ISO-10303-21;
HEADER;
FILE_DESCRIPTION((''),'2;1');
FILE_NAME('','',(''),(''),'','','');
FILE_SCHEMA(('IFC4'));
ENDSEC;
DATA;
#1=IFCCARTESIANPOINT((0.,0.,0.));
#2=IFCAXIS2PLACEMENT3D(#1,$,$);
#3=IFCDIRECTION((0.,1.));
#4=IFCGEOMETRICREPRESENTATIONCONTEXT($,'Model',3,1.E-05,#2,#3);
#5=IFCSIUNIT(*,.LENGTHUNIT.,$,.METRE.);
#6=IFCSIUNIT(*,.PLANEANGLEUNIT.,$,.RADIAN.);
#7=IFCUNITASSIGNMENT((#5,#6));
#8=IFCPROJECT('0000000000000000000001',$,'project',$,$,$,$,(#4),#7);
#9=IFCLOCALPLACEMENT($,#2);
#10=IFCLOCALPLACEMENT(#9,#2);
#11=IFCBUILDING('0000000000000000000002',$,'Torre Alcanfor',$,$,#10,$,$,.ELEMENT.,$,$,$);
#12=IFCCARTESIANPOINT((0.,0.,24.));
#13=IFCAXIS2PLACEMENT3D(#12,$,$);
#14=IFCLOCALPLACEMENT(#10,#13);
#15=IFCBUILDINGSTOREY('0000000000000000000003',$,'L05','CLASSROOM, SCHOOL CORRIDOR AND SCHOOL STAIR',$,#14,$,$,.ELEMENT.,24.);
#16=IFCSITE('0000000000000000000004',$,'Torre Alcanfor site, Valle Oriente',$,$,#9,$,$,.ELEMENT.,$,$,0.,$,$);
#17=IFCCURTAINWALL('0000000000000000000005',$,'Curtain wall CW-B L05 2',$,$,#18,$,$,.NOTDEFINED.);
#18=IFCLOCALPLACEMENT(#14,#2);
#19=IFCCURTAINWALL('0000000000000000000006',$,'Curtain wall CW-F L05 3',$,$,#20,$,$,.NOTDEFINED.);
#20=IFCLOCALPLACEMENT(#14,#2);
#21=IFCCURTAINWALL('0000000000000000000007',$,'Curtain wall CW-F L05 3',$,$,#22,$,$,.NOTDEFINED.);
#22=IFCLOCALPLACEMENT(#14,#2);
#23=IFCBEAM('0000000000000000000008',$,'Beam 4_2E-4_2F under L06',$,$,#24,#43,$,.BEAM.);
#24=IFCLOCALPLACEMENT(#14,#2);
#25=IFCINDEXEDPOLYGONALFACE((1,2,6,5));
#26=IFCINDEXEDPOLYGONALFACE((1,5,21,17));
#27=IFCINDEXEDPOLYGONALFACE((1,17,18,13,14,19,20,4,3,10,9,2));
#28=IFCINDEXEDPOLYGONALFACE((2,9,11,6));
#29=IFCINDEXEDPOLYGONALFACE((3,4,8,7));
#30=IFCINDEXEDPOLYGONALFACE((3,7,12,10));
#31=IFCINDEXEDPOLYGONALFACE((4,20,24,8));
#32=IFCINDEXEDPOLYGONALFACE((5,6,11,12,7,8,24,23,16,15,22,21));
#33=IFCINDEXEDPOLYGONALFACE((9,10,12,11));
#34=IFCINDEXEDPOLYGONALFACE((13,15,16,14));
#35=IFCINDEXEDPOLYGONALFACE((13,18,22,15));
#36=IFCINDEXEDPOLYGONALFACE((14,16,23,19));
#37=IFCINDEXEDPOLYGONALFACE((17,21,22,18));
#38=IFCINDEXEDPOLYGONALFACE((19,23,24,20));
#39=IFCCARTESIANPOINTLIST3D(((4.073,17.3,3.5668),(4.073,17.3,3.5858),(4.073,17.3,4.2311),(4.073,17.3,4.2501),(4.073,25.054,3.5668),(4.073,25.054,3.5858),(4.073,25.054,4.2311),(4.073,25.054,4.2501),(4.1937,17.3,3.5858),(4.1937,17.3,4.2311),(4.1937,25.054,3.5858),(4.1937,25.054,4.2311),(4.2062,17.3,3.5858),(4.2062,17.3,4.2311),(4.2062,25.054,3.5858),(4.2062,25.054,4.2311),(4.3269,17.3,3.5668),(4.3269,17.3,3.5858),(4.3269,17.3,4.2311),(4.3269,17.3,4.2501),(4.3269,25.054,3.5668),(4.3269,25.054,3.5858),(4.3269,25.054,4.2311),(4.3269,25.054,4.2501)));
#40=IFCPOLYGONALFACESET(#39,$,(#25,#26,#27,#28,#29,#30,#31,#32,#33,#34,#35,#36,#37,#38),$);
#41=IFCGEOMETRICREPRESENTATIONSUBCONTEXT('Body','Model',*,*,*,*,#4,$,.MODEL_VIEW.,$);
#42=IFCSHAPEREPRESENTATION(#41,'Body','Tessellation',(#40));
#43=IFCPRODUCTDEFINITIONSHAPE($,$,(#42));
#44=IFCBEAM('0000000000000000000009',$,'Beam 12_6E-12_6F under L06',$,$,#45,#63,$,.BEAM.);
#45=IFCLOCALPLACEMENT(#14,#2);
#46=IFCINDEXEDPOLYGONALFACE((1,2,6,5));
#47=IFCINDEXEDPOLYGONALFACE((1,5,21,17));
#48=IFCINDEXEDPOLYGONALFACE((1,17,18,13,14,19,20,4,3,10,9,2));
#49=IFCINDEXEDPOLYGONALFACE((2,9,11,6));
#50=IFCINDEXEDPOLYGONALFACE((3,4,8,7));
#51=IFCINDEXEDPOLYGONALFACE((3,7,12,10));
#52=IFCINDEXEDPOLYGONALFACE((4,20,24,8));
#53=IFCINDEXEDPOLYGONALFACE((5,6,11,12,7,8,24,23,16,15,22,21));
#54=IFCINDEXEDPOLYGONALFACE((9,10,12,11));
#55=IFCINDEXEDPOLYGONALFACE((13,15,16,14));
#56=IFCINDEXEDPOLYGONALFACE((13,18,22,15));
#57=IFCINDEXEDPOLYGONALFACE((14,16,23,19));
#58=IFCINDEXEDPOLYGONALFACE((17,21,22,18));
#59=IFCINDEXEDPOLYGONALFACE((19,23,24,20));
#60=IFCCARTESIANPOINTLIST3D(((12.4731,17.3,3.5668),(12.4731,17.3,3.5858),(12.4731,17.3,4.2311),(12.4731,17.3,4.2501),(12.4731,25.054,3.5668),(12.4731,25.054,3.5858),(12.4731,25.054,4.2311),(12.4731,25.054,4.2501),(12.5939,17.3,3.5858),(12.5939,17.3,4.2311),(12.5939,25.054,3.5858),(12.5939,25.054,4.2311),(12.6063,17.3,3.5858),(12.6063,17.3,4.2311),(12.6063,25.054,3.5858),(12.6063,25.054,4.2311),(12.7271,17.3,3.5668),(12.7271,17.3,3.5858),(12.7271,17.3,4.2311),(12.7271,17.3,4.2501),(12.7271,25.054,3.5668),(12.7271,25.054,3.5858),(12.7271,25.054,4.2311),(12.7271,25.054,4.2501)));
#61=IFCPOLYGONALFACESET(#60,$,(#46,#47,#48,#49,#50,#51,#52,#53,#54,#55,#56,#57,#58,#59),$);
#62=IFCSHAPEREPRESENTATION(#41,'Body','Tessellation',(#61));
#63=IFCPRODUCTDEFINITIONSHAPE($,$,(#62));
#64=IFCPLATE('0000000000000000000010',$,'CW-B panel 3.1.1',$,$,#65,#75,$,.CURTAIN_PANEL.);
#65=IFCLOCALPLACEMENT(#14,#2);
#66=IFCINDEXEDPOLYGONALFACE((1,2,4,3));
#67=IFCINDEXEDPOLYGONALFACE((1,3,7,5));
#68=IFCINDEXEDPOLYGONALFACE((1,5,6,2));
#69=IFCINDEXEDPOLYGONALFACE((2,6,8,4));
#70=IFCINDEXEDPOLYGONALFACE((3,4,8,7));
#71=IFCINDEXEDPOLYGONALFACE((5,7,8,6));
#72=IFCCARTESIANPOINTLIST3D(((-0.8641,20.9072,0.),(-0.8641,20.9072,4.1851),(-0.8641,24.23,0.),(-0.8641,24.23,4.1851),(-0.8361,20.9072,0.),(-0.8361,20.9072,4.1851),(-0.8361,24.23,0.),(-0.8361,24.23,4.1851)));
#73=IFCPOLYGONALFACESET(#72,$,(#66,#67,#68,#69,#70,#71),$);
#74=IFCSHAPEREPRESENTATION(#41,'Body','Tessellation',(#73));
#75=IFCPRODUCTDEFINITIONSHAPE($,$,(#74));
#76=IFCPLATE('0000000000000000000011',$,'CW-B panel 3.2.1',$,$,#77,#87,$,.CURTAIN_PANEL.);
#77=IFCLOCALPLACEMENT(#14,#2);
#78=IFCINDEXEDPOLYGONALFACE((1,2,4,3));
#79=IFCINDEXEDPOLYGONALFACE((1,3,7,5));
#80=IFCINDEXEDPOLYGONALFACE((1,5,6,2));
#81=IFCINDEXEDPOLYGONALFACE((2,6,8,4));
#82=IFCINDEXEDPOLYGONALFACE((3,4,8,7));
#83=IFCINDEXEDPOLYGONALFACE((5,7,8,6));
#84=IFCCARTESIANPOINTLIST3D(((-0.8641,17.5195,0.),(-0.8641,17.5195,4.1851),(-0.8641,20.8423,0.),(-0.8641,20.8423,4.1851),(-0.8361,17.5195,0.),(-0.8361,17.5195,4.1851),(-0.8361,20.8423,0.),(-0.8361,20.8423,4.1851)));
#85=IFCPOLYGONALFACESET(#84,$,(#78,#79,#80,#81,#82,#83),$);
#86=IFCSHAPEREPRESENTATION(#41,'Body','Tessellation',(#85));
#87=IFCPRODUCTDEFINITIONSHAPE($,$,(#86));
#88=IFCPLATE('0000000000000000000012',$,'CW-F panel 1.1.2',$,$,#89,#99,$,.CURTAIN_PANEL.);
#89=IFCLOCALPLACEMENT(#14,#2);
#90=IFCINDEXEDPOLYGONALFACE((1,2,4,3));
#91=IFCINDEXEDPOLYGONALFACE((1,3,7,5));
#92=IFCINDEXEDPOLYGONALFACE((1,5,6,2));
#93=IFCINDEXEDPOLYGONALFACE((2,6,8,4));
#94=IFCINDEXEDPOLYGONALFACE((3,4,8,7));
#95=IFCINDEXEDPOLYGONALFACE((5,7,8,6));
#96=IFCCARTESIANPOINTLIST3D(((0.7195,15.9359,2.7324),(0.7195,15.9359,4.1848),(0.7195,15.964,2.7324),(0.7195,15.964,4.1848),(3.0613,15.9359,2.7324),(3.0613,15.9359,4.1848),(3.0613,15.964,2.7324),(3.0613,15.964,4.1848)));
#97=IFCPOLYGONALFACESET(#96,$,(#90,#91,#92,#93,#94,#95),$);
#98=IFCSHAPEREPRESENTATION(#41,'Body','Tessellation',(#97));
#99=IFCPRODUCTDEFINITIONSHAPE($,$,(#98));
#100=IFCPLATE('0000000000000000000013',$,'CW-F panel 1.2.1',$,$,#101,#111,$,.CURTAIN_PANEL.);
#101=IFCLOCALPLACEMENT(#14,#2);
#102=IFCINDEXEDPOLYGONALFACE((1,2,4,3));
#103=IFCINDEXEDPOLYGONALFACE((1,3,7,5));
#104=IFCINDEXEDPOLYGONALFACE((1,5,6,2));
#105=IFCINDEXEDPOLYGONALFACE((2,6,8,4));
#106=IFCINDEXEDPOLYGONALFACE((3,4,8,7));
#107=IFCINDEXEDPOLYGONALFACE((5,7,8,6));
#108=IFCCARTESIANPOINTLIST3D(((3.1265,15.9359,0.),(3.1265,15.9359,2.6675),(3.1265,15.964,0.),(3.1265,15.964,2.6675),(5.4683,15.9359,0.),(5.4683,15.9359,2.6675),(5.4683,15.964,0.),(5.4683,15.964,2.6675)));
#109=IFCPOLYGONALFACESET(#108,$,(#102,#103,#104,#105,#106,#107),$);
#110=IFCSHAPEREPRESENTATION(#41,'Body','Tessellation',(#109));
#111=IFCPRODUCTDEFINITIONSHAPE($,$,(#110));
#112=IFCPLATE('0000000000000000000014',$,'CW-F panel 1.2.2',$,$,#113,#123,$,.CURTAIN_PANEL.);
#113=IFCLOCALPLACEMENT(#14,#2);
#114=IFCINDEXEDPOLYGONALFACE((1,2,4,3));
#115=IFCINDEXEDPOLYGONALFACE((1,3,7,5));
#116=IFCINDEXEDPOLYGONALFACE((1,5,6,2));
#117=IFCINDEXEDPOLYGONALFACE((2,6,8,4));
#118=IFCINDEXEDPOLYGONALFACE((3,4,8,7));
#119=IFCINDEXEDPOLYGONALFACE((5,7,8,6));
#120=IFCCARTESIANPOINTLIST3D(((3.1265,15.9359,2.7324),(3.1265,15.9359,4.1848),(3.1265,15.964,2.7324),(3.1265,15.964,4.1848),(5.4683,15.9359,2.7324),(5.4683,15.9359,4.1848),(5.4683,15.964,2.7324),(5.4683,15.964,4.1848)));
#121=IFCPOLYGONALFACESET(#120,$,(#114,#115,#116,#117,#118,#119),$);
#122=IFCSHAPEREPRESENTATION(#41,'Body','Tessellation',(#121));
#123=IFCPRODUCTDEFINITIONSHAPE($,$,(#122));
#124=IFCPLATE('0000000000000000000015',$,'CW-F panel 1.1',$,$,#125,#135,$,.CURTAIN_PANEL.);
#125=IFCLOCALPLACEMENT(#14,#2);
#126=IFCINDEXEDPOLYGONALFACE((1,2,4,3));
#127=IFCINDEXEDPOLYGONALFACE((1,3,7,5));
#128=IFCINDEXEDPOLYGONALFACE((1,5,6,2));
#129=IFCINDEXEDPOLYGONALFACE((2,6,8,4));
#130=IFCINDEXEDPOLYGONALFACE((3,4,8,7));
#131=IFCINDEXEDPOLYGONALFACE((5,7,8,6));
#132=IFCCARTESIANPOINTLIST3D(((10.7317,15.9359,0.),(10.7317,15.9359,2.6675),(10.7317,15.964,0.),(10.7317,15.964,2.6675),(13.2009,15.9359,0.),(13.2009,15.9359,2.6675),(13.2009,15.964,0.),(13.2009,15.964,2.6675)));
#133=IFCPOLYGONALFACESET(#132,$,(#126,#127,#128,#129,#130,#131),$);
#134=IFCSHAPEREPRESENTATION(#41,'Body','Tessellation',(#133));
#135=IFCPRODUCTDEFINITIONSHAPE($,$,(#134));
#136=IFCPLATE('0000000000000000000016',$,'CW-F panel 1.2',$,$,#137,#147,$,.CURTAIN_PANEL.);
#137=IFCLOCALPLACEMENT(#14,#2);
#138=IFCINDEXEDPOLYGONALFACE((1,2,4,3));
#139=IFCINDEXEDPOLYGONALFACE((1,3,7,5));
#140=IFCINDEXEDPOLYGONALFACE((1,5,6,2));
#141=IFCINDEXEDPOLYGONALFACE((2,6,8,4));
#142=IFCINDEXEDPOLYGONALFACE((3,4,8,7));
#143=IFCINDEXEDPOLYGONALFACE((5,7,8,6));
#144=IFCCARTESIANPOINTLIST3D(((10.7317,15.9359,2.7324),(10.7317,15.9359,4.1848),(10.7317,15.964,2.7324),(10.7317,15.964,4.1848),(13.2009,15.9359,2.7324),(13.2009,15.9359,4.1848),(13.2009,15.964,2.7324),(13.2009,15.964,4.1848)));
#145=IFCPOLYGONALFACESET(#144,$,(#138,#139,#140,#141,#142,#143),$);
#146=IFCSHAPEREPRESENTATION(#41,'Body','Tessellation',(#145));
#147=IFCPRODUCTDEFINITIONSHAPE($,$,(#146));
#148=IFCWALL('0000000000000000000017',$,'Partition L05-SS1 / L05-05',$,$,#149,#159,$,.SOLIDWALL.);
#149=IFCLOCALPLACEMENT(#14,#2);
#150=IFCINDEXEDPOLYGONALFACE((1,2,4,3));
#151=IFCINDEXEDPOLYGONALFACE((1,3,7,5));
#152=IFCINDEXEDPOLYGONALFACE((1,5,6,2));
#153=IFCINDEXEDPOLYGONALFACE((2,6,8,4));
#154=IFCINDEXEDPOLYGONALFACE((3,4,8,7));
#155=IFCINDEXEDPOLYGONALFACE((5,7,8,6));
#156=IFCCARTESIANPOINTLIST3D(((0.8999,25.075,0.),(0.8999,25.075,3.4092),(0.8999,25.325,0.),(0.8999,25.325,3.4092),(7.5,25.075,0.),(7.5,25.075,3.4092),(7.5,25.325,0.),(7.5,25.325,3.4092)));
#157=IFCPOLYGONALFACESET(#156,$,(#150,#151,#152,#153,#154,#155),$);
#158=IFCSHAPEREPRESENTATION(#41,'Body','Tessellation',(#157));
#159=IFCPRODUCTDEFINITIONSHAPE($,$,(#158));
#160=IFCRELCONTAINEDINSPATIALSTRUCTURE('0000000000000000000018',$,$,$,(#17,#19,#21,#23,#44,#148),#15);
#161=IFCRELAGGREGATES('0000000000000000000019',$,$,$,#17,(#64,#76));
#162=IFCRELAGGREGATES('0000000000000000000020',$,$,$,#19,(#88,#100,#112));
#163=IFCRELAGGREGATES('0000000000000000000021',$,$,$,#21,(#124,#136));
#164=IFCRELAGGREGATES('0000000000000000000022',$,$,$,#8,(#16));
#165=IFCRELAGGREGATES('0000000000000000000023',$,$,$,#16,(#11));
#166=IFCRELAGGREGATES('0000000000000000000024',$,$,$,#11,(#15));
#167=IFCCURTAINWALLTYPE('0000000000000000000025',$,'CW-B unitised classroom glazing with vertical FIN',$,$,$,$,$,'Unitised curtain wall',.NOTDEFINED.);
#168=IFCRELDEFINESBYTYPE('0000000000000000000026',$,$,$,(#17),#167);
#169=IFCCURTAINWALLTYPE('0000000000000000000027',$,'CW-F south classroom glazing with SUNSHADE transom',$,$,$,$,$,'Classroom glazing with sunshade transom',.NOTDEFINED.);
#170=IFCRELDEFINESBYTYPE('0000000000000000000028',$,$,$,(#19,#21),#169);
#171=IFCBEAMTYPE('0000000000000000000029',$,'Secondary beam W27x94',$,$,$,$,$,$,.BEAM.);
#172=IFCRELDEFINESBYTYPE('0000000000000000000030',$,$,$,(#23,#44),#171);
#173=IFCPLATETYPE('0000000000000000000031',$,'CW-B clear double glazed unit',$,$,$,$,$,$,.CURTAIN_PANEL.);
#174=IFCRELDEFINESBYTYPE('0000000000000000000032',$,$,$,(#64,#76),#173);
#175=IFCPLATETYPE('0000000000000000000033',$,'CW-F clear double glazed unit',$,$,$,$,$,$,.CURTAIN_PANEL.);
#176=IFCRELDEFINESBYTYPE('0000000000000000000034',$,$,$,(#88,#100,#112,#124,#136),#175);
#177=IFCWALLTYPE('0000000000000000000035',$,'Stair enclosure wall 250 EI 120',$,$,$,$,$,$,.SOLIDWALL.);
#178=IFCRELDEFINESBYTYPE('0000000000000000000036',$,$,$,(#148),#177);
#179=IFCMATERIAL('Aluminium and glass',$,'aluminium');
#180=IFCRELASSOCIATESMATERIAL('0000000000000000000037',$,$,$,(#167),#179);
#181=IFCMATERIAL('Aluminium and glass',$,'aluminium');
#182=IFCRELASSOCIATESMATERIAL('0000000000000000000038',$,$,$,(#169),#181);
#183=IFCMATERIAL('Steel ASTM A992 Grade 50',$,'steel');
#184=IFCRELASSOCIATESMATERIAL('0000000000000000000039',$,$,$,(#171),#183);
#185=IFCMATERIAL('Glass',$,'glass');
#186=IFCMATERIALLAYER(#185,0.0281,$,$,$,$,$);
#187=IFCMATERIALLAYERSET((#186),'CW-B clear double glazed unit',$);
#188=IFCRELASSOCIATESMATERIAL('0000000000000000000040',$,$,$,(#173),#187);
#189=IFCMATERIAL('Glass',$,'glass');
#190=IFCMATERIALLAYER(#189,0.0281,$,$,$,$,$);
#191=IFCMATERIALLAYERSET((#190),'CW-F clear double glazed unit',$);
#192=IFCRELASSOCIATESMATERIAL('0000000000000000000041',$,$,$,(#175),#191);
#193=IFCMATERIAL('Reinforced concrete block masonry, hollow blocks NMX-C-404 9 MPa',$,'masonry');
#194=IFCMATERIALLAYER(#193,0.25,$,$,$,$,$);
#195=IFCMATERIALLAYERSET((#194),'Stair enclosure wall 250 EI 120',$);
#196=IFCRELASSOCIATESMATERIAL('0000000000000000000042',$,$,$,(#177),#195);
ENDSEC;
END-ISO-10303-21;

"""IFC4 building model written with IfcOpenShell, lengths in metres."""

from ifc_helpers import new_model, si_unit, direction, frame, frame_2d, origin, origin_2d, place, context, subcontext, project, spatial, rectangle, i_section, extrude, material, layer, layer_set, material_profile, profile_set, type_object, element, aggregate, save


model = new_model("IFC4")

# Units and contexts
model_context = context("Model", 3, precision=1e-05, world=origin(), true_north=direction((0.0, 1.0)))
body_context = subcontext(model_context, "Body", "Model", "MODEL_VIEW")
ifc_project = project(units=[si_unit("LENGTHUNIT", "METRE"), si_unit("PLANEANGLEUNIT", "RADIAN")], contexts=[model_context])

# Site, building, storey
site_placement = place(None, origin())
site = spatial("IfcSite", under=ifc_project, at=site_placement, Name="Torre Alcanfor site, Valle Oriente", CompositionType="ELEMENT", RefElevation=0.0)
building_placement = place(site_placement, origin())
building = spatial("IfcBuilding", under=site, at=building_placement, Name="Torre Alcanfor", CompositionType="ELEMENT")
storey_placement = place(building_placement, frame((0.0, 0.0, 24.0)))
storey = spatial("IfcBuildingStorey", under=building, at=storey_placement, Name="L05", Description="CLASSROOM, SCHOOL CORRIDOR AND SCHOOL STAIR", CompositionType="ELEMENT", Elevation=24.0)

# Curtain walls
ifc_material_1 = material(Name="Aluminium and glass", Category="aluminium")
curtain_wall_type_1 = type_object("IfcCurtainWallType", Name="CW-B unitised classroom glazing with vertical FIN", ElementType="Unitised curtain wall", PredefinedType="NOTDEFINED", material=ifc_material_1)
curtain_wall_1_placement = place(storey_placement, origin())
curtain_wall_1 = element("IfcCurtainWall", 1, at=curtain_wall_1_placement, inside=storey, type_object=curtain_wall_type_1, Name="Curtain wall CW-B L05 2", PredefinedType="NOTDEFINED")
ifc_material_2 = material(Name="Aluminium and glass", Category="aluminium")
curtain_wall_type_2 = type_object("IfcCurtainWallType", Name="CW-F south classroom glazing with SUNSHADE transom", ElementType="Classroom glazing with sunshade transom", PredefinedType="NOTDEFINED", material=ifc_material_2)
curtain_wall_2_placement = place(storey_placement, origin())
curtain_wall_2 = element("IfcCurtainWall", 2, at=curtain_wall_2_placement, inside=storey, type_object=curtain_wall_type_2, Name="Curtain wall CW-F L05 3", PredefinedType="NOTDEFINED")
curtain_wall_3_placement = place(storey_placement, origin())
curtain_wall_3 = element("IfcCurtainWall", 3, at=curtain_wall_3_placement, inside=storey, type_object=curtain_wall_type_2, Name="Curtain wall CW-F L05 3", PredefinedType="NOTDEFINED")

# Beams
ifc_material_3 = material(Name="Steel ASTM A992 Grade 50", Category="steel")
ifc_material_profile_1 = material_profile(ifc_material_3, i_section(OverallWidth=0.2539, OverallDepth=0.6833, WebThickness=0.0125, FlangeThickness=0.019, at=origin_2d()), Name="W27x94")
ifc_profile_set_1 = profile_set([ifc_material_profile_1], Name="Steel ASTM A992 Grade 50")
beam_type_1 = type_object("IfcBeamType", Name="Secondary beam W27x94", PredefinedType="BEAM", material=ifc_profile_set_1)
for number, where, z_axis, x_axis, name in (
    (4, (4.2, 17.3, 3.9084), (0.0, 1.0, 0.0), (-1.0, 0.0, 0.0), "Beam 4_2E-4_2F under L06"),
    (5, (12.6001, 17.3, 3.9084), (0.0, 1.0, 0.0), (-1.0, 0.0, 0.0), "Beam 12_6E-12_6F under L06"),
):
    element("IfcBeam", number, at=place(storey_placement, frame(where, z_axis=z_axis, x_axis=x_axis)), inside=storey, type_object=beam_type_1, Name=name, PredefinedType="BEAM", context=body_context, shape_type="SweptSolid", body=[
        extrude(i_section(OverallWidth=0.2539, OverallDepth=0.6833, WebThickness=0.0125, FlangeThickness=0.019, at=origin_2d()), origin(), (0.0, 0.0, 1.0), 7.7539),
    ])

# Plates
ifc_material_4 = material(Name="Glass", Category="glass")
ifc_layer_1 = layer(ifc_material_4, 0.0281)
ifc_layer_set_1 = layer_set([ifc_layer_1], Name="CW-B clear double glazed unit")
plate_type_1 = type_object("IfcPlateType", Name="CW-B clear double glazed unit", PredefinedType="CURTAIN_PANEL", material=ifc_layer_set_1)
plate_1_placement = place(storey_placement, frame((-0.8501, 22.5686, 0.0), z_axis=(0.0, 0.0, 1.0), x_axis=(0.0, -1.0, 0.0)))
plate_1 = element("IfcPlate", 6, at=plate_1_placement, type_object=plate_type_1, Name="CW-B panel 3.1.1", PredefinedType="CURTAIN_PANEL", context=body_context, shape_type="SweptSolid", body=[
    extrude(rectangle(XDim=3.3228, YDim=0.0281, at=origin_2d()), origin(), (0.0, 0.0, 1.0), 4.1851),
])
plate_2_placement = place(storey_placement, frame((-0.8501, 19.1809, 0.0), z_axis=(0.0, 0.0, 1.0), x_axis=(0.0, -1.0, 0.0)))
plate_2 = element("IfcPlate", 7, at=plate_2_placement, type_object=plate_type_1, Name="CW-B panel 3.2.1", PredefinedType="CURTAIN_PANEL", context=body_context, shape_type="SweptSolid", body=[
    extrude(rectangle(XDim=3.3228, YDim=0.0281, at=origin_2d()), origin(), (0.0, 0.0, 1.0), 4.1851),
])
aggregate(curtain_wall_1, [plate_1, plate_2])
ifc_material_5 = material(Name="Glass", Category="glass")
ifc_layer_2 = layer(ifc_material_5, 0.0281)
ifc_layer_set_2 = layer_set([ifc_layer_2], Name="CW-F clear double glazed unit")
plate_type_2 = type_object("IfcPlateType", Name="CW-F clear double glazed unit", PredefinedType="CURTAIN_PANEL", material=ifc_layer_set_2)
plate_3_placement = place(storey_placement, frame((1.8904, 15.95, 2.7324), z_axis=(0.0, 0.0, 1.0), x_axis=(1.0, 0.0, 0.0)))
plate_3 = element("IfcPlate", 8, at=plate_3_placement, type_object=plate_type_2, Name="CW-F panel 1.1.2", PredefinedType="CURTAIN_PANEL", context=body_context, shape_type="SweptSolid", body=[
    extrude(rectangle(XDim=2.3418, YDim=0.0281, at=origin_2d()), origin(), (0.0, 0.0, 1.0), 1.4524),
])
plate_4_placement = place(storey_placement, frame((4.2974, 15.95, 0.0), z_axis=(0.0, 0.0, 1.0), x_axis=(1.0, 0.0, 0.0)))
plate_4 = element("IfcPlate", 9, at=plate_4_placement, type_object=plate_type_2, Name="CW-F panel 1.2.1", PredefinedType="CURTAIN_PANEL", context=body_context, shape_type="SweptSolid", body=[
    extrude(rectangle(XDim=2.3418, YDim=0.0281, at=origin_2d()), origin(), (0.0, 0.0, 1.0), 2.6675),
])
plate_5_placement = place(storey_placement, frame((4.2974, 15.95, 2.7324), z_axis=(0.0, 0.0, 1.0), x_axis=(1.0, 0.0, 0.0)))
plate_5 = element("IfcPlate", 10, at=plate_5_placement, type_object=plate_type_2, Name="CW-F panel 1.2.2", PredefinedType="CURTAIN_PANEL", context=body_context, shape_type="SweptSolid", body=[
    extrude(rectangle(XDim=2.3418, YDim=0.0281, at=origin_2d()), origin(), (0.0, 0.0, 1.0), 1.4524),
])
aggregate(curtain_wall_2, [plate_3, plate_4, plate_5])
plate_6_placement = place(storey_placement, frame((11.9663, 15.95, 0.0), z_axis=(0.0, 0.0, 1.0), x_axis=(1.0, 0.0, 0.0)))
plate_6 = element("IfcPlate", 11, at=plate_6_placement, type_object=plate_type_2, Name="CW-F panel 1.1", PredefinedType="CURTAIN_PANEL", context=body_context, shape_type="SweptSolid", body=[
    extrude(rectangle(XDim=2.4692, YDim=0.0281, at=origin_2d()), origin(), (0.0, 0.0, 1.0), 2.6675),
])
plate_7_placement = place(storey_placement, frame((11.9663, 15.95, 2.7324), z_axis=(0.0, 0.0, 1.0), x_axis=(1.0, 0.0, 0.0)))
plate_7 = element("IfcPlate", 12, at=plate_7_placement, type_object=plate_type_2, Name="CW-F panel 1.2", PredefinedType="CURTAIN_PANEL", context=body_context, shape_type="SweptSolid", body=[
    extrude(rectangle(XDim=2.4692, YDim=0.0281, at=origin_2d()), origin(), (0.0, 0.0, 1.0), 1.4524),
])
aggregate(curtain_wall_3, [plate_6, plate_7])

# Wall
ifc_material_6 = material(Name="Reinforced concrete block masonry, hollow blocks NMX-C-404 9 MPa", Category="masonry")
ifc_layer_3 = layer(ifc_material_6, 0.25)
ifc_layer_set_3 = layer_set([ifc_layer_3], Name="Stair enclosure wall 250 EI 120")
wall_type_1 = type_object("IfcWallType", Name="Stair enclosure wall 250 EI 120", PredefinedType="SOLIDWALL", material=ifc_layer_set_3)
wall_1_placement = place(storey_placement, frame((7.5, 25.2, 0.0), z_axis=(0.0, 0.0, 1.0), x_axis=(-1.0, 0.0, 0.0)))
element("IfcWall", 13, at=wall_1_placement, inside=storey, type_object=wall_type_1, Name="Partition L05-SS1 / L05-05", PredefinedType="SOLIDWALL", context=body_context, shape_type="SweptSolid", body=[
    extrude(rectangle(XDim=6.6001, YDim=0.25, at=frame_2d((3.3, 0.0))), origin(), (0.0, 0.0, 1.0), 3.4092),
])

save(model, "model.ifc")
